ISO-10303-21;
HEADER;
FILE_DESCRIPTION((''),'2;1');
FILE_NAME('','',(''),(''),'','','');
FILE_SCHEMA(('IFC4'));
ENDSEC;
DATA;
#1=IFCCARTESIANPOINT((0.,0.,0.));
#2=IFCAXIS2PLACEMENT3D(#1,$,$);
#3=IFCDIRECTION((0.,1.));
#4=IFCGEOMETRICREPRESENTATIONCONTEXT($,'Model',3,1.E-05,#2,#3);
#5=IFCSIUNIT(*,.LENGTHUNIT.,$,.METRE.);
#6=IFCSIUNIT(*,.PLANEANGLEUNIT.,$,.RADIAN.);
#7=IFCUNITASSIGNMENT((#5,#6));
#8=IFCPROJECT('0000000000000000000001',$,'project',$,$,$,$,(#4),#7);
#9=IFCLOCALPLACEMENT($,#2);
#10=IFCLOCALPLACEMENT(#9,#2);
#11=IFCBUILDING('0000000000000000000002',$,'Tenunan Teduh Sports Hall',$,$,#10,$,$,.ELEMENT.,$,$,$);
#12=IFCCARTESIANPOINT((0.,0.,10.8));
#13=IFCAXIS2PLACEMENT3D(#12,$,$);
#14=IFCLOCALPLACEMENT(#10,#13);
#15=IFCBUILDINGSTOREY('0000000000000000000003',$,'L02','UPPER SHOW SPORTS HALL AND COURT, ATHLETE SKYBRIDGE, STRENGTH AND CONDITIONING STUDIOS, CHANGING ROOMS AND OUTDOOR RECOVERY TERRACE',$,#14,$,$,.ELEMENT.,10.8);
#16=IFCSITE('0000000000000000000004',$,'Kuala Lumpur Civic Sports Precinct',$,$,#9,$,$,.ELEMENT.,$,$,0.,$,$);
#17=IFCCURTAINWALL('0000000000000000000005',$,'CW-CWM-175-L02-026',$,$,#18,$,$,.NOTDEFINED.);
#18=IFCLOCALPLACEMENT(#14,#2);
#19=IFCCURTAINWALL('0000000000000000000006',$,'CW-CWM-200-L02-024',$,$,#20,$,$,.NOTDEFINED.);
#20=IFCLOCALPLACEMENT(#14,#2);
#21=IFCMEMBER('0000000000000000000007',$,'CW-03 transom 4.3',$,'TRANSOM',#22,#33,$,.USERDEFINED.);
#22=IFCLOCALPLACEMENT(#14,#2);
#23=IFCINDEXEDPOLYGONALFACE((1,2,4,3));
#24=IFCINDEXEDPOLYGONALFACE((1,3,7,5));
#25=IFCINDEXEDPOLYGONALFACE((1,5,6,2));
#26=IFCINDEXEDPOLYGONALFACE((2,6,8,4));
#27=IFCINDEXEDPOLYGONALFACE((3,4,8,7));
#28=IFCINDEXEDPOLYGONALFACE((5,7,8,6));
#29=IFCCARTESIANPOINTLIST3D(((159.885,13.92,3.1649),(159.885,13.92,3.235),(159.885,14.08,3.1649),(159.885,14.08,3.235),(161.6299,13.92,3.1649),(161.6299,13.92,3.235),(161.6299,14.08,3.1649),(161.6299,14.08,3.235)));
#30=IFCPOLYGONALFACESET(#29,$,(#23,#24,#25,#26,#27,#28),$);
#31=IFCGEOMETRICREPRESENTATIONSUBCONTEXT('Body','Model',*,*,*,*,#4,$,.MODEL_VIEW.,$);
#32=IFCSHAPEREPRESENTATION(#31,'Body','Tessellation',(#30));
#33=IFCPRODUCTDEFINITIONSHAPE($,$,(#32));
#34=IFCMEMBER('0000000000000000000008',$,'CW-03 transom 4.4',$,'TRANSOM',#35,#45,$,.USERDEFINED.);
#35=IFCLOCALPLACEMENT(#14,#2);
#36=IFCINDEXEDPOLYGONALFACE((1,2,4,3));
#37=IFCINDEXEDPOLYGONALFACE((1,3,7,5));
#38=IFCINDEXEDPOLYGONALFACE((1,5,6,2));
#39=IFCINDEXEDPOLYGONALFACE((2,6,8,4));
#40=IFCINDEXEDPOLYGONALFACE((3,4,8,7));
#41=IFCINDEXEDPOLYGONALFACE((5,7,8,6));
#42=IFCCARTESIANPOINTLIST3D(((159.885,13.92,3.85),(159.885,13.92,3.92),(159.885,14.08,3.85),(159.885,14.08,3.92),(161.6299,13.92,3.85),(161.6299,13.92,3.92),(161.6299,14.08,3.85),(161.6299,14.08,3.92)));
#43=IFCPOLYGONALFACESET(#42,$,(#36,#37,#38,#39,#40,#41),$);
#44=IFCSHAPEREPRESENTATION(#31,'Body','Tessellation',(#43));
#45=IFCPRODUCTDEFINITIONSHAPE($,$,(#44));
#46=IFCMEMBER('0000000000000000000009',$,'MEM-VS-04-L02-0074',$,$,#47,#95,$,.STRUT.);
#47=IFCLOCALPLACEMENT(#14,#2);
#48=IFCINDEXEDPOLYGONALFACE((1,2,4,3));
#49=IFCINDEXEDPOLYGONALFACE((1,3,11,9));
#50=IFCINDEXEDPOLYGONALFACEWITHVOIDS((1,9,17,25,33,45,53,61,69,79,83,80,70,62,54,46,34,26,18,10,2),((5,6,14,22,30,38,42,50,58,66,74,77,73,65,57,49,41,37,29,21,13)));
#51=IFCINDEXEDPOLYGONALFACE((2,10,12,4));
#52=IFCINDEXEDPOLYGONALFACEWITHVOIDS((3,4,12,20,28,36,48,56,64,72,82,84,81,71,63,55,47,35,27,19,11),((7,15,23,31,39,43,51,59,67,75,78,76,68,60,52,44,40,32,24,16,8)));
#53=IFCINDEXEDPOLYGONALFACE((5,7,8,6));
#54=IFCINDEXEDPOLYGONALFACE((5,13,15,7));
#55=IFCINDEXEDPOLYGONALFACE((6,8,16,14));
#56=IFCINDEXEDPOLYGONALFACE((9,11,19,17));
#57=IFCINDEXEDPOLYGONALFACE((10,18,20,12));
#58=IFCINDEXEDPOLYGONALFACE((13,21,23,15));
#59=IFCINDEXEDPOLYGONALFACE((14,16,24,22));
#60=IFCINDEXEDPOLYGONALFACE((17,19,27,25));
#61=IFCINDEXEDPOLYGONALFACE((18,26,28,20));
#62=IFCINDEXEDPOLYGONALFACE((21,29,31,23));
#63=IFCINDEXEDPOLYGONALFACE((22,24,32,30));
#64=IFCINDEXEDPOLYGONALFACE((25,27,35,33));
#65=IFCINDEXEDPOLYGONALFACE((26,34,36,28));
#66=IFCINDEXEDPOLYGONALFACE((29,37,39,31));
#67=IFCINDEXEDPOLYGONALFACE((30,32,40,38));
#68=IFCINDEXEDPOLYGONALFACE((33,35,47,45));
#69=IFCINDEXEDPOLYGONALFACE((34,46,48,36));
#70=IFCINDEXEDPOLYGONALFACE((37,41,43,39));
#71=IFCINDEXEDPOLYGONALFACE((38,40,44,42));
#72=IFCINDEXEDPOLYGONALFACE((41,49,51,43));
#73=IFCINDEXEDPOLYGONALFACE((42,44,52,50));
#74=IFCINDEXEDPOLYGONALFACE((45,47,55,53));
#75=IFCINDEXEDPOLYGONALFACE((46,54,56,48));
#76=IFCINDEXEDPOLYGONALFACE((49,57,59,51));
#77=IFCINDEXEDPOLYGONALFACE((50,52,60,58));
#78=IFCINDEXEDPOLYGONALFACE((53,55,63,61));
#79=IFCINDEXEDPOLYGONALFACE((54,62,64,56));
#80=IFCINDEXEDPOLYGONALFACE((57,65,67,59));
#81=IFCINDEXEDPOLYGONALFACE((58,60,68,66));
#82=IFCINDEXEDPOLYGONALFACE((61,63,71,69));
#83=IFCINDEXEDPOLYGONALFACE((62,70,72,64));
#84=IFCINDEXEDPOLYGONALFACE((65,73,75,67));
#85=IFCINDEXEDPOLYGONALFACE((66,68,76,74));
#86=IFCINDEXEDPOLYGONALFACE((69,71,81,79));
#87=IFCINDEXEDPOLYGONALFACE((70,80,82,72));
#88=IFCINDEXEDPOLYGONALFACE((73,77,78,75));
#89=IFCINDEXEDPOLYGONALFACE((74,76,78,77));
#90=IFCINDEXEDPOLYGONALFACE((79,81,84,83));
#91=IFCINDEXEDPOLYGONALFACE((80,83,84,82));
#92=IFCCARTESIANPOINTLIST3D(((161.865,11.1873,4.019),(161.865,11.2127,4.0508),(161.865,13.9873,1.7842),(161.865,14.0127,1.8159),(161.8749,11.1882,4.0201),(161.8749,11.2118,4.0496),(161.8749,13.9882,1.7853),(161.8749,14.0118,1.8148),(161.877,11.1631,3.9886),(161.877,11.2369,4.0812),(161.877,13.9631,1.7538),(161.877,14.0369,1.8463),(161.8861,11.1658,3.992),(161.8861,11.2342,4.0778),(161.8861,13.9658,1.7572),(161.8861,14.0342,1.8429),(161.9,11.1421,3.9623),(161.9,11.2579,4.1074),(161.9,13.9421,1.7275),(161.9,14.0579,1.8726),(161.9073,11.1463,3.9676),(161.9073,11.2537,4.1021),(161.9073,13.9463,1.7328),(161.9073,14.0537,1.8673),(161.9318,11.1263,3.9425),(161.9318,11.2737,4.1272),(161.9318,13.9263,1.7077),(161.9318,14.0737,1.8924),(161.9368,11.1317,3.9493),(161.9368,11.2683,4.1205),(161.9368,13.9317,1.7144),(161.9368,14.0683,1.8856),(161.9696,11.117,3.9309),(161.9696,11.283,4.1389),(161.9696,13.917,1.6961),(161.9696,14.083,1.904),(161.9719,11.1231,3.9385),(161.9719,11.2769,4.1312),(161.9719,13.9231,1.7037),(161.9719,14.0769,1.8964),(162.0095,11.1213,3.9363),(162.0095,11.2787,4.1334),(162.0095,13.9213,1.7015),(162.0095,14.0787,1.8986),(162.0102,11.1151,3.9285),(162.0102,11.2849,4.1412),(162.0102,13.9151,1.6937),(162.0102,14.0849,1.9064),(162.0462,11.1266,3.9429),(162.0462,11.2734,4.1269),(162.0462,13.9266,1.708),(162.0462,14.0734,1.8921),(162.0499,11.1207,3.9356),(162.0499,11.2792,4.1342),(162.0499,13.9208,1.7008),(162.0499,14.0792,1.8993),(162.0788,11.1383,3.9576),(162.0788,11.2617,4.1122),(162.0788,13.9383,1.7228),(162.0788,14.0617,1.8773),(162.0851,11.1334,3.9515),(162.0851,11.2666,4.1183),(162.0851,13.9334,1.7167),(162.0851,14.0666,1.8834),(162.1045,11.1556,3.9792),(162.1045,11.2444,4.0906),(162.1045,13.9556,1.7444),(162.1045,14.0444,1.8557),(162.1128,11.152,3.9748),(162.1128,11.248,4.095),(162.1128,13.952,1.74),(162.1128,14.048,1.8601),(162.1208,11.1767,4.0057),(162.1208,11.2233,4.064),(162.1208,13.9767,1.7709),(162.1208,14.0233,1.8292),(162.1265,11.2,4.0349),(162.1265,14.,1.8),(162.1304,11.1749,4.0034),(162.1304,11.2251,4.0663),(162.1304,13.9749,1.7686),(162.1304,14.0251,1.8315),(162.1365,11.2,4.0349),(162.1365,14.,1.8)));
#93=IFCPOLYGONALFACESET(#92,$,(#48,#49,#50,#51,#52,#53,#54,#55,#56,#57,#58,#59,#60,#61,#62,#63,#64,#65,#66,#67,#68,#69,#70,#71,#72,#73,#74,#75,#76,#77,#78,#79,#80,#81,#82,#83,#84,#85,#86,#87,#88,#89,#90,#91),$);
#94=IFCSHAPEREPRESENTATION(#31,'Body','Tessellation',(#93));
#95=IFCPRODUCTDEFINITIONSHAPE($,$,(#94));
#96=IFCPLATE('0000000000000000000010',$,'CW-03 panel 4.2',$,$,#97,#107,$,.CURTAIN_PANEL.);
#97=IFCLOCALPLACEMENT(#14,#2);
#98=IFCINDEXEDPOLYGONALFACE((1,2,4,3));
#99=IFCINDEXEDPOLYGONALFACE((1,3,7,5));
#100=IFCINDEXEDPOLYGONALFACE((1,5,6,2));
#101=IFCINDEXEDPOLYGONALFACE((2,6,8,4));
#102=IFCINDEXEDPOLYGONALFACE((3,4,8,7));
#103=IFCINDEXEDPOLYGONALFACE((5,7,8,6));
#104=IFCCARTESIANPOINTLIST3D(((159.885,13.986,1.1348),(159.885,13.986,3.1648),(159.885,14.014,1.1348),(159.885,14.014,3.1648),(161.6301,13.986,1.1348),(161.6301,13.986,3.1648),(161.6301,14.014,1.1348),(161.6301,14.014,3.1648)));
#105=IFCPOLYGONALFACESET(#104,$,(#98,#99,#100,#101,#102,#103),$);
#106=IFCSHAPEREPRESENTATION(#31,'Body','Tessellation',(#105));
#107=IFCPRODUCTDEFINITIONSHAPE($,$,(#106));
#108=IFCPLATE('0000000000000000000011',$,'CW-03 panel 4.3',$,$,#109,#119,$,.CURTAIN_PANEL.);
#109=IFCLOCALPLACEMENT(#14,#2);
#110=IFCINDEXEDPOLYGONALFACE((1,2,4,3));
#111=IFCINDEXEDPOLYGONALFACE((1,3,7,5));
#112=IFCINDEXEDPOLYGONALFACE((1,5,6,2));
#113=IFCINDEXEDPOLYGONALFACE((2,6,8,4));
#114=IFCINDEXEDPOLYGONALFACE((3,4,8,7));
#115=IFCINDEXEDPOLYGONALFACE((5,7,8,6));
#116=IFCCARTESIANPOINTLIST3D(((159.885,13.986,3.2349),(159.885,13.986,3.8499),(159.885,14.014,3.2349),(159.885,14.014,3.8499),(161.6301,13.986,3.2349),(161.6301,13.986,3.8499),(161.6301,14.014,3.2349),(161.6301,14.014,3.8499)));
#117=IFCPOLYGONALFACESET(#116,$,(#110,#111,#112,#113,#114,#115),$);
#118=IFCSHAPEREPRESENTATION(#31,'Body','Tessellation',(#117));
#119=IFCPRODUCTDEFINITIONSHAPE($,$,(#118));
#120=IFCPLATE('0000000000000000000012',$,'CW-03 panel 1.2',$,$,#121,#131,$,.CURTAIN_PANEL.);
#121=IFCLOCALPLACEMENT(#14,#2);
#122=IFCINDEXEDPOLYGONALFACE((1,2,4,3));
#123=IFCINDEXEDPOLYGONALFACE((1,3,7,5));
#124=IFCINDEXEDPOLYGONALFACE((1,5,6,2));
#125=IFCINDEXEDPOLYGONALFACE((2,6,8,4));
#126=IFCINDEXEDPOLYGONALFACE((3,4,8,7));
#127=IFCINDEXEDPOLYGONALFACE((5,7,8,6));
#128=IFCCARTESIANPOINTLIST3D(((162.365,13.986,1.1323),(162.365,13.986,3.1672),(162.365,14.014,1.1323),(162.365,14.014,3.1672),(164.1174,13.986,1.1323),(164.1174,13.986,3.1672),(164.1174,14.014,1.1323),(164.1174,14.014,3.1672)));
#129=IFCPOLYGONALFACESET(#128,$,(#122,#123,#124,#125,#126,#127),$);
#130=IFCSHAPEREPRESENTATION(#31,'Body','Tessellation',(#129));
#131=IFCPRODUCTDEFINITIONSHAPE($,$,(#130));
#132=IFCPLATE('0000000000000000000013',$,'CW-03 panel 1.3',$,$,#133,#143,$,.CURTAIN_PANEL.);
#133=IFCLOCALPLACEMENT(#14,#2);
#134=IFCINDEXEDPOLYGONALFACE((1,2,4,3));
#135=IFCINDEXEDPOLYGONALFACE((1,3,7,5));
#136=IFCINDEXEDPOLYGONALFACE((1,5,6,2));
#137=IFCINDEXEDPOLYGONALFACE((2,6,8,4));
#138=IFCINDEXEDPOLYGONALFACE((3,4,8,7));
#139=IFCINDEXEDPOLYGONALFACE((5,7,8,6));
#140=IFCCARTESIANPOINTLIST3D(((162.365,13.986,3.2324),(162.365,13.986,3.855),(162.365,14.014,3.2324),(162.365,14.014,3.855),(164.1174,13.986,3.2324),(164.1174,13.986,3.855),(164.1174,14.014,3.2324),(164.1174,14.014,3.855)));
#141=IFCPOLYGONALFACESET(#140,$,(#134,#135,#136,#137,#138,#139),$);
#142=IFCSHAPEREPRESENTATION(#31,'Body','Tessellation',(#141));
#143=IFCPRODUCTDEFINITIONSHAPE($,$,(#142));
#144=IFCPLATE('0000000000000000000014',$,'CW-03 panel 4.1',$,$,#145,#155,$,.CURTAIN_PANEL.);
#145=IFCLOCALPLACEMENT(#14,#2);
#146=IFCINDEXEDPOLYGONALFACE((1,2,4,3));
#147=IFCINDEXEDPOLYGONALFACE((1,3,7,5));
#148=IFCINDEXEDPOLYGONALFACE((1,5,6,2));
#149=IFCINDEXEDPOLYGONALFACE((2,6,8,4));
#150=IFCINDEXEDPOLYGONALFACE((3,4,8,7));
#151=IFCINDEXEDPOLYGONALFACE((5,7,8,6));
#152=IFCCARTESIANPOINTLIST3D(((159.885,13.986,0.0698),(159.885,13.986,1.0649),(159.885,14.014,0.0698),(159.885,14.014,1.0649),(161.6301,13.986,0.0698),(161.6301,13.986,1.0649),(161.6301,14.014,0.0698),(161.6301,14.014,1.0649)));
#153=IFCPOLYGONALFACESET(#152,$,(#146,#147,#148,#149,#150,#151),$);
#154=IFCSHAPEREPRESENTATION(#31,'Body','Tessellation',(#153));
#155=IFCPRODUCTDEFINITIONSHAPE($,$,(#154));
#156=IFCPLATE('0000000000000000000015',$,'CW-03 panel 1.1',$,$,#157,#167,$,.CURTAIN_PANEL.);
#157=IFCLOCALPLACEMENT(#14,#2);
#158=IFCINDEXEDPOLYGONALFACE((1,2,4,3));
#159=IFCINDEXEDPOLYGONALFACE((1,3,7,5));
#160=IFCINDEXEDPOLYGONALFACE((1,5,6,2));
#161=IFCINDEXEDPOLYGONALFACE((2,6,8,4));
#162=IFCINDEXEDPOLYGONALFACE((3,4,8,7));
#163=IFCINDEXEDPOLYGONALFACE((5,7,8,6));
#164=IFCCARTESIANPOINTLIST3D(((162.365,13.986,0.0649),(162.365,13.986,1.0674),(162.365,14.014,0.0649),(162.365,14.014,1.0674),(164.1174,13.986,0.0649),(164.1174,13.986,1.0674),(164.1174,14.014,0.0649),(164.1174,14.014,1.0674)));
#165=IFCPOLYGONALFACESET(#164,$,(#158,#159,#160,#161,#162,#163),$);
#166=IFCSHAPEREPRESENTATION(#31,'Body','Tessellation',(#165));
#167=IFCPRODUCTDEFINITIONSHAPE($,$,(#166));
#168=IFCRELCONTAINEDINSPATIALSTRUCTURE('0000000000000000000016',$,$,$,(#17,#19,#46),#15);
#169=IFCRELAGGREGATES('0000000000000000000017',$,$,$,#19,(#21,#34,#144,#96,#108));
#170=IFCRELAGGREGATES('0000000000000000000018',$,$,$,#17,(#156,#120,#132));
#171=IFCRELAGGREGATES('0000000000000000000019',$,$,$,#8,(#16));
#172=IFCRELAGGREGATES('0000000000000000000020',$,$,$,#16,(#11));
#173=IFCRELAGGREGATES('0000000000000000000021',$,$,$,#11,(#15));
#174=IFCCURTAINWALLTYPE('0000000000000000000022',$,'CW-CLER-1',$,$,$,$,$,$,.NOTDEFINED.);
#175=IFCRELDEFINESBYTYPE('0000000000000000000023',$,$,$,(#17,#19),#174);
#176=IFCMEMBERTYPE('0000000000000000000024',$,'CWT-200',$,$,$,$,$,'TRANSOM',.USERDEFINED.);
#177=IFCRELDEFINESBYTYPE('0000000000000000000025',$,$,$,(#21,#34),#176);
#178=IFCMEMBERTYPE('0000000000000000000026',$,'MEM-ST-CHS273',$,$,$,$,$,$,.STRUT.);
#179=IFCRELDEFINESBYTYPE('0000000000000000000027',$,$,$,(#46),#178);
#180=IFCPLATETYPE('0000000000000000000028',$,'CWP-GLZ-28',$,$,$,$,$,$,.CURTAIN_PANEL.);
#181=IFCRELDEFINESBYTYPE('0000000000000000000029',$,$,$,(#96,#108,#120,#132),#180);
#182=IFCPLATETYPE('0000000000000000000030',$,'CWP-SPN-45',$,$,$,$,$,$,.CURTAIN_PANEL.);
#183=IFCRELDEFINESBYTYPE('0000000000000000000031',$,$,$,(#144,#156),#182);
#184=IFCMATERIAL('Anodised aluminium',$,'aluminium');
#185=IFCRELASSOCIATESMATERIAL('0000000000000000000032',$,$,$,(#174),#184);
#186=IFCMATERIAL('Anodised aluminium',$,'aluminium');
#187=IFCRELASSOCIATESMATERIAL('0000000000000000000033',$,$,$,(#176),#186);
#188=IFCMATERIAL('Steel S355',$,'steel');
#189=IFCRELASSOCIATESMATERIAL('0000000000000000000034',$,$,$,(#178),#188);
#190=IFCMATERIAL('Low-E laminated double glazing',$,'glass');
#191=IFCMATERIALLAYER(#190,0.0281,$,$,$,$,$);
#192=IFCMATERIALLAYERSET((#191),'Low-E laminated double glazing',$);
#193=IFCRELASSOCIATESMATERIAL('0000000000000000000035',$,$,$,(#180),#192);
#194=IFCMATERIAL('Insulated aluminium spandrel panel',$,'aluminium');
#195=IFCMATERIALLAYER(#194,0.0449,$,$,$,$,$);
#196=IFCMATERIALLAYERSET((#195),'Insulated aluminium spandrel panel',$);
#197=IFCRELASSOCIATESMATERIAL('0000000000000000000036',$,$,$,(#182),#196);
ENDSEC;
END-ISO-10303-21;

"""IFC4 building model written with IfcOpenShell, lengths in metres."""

from ifc_helpers import new_model, si_unit, direction, frame, origin, origin_2d, place, context, subcontext, project, spatial, rectangle, hollow_circle, extrude, material, layer, layer_set, material_profile, profile_set, type_object, element, aggregate, save


model = new_model("IFC4")

# Units and contexts
model_context = context("Model", 3, precision=1e-05, world=origin(), true_north=direction((0.0, 1.0)))
body_context = subcontext(model_context, "Body", "Model", "MODEL_VIEW")
ifc_project = project(units=[si_unit("LENGTHUNIT", "METRE"), si_unit("PLANEANGLEUNIT", "RADIAN")], contexts=[model_context])

# Site, building, storey
site_placement = place(None, origin())
site = spatial("IfcSite", under=ifc_project, at=site_placement, Name="Kuala Lumpur Civic Sports Precinct", CompositionType="ELEMENT", RefElevation=0.0)
building_placement = place(site_placement, origin())
building = spatial("IfcBuilding", under=site, at=building_placement, Name="Tenunan Teduh Sports Hall", CompositionType="ELEMENT")
storey_placement = place(building_placement, frame((0.0, 0.0, 10.8)))
storey = spatial("IfcBuildingStorey", under=building, at=storey_placement, Name="L02", Description="UPPER SHOW SPORTS HALL AND COURT, ATHLETE SKYBRIDGE, STRENGTH AND CONDITIONING STUDIOS, CHANGING ROOMS AND OUTDOOR RECOVERY TERRACE", CompositionType="ELEMENT", Elevation=10.8)

# Curtain walls
ifc_material_1 = material(Name="Anodised aluminium", Category="aluminium")
curtain_wall_type = type_object("IfcCurtainWallType", Name="CW-CLER-1", PredefinedType="NOTDEFINED", material=ifc_material_1)
curtain_wall_1_placement = place(storey_placement, origin())
curtain_wall_1 = element("IfcCurtainWall", 1, at=curtain_wall_1_placement, inside=storey, type_object=curtain_wall_type, Name="CW-CWM-175-L02-026", PredefinedType="NOTDEFINED")
curtain_wall_2_placement = place(storey_placement, origin())
curtain_wall_2 = element("IfcCurtainWall", 2, at=curtain_wall_2_placement, inside=storey, type_object=curtain_wall_type, Name="CW-CWM-200-L02-024", PredefinedType="NOTDEFINED")

# Members
ifc_material_2 = material(Name="Anodised aluminium", Category="aluminium")
ifc_material_profile_1 = material_profile(ifc_material_2, rectangle(XDim=0.0701, YDim=0.1599, at=origin_2d()), Name="CWT 70x160")
ifc_profile_set_1 = profile_set([ifc_material_profile_1], Name="Anodised aluminium")
member_type_1 = type_object("IfcMemberType", Name="CWT-200", ElementType="TRANSOM", PredefinedType="USERDEFINED", material=ifc_profile_set_1)
member_1_placement = place(storey_placement, frame((159.885, 14.0, 3.2), z_axis=(1.0, 0.0, 0.0), x_axis=(0.0, 0.0, 1.0)))
member_1 = element("IfcMember", 3, at=member_1_placement, type_object=member_type_1, Name="CW-03 transom 4.3", ObjectType="TRANSOM", PredefinedType="USERDEFINED", context=body_context, shape_type="SweptSolid", body=[
    extrude(rectangle(XDim=0.0701, YDim=0.1599, at=origin_2d()), origin(), (0.0, 0.0, 1.0), 1.7449),
])
member_2_placement = place(storey_placement, frame((159.885, 14.0, 3.885), z_axis=(1.0, 0.0, 0.0), x_axis=(0.0, 0.0, 1.0)))
member_2 = element("IfcMember", 4, at=member_2_placement, type_object=member_type_1, Name="CW-03 transom 4.4", ObjectType="TRANSOM", PredefinedType="USERDEFINED", context=body_context, shape_type="SweptSolid", body=[
    extrude(rectangle(XDim=0.0701, YDim=0.1599, at=origin_2d()), origin(), (0.0, 0.0, 1.0), 1.7449),
])
ifc_material_3 = material(Name="Steel S355", Category="steel")
ifc_material_profile_2 = material_profile(ifc_material_3, hollow_circle(Radius=0.1365, WallThickness=0.01, at=origin_2d()), Name="CHS 273.0x10.0")
ifc_profile_set_2 = profile_set([ifc_material_profile_2], Name="Steel S355")
member_type_2 = type_object("IfcMemberType", Name="MEM-ST-CHS273", PredefinedType="STRUT", material=ifc_profile_set_2)
member_3_placement = place(storey_placement, frame((162.0, 14.0, 1.8), z_axis=(0.0, -0.781573, 0.623814), x_axis=(1.0, 0.0, 0.0)))
element("IfcMember", 5, at=member_3_placement, inside=storey, type_object=member_type_2, Name="MEM-VS-04-L02-0074", PredefinedType="STRUT", context=body_context, shape_type="SweptSolid", body=[
    extrude(hollow_circle(Radius=0.1365, WallThickness=0.01, at=origin_2d()), origin(), (0.0, 0.0, 1.0), 3.5825),
])

# Plates
ifc_material_4 = material(Name="Low-E laminated double glazing", Category="glass")
ifc_layer_1 = layer(ifc_material_4, 0.0281)
ifc_layer_set_1 = layer_set([ifc_layer_1], Name="Low-E laminated double glazing")
plate_type_1 = type_object("IfcPlateType", Name="CWP-GLZ-28", PredefinedType="CURTAIN_PANEL", material=ifc_layer_set_1)
plate_1_placement = place(storey_placement, frame((160.7576, 14.0, 1.1348), z_axis=(0.0, 0.0, 1.0), x_axis=(1.0, 0.0, 0.0)))
plate_1 = element("IfcPlate", 6, at=plate_1_placement, type_object=plate_type_1, Name="CW-03 panel 4.2", PredefinedType="CURTAIN_PANEL", context=body_context, shape_type="SweptSolid", body=[
    extrude(rectangle(XDim=1.7451, YDim=0.0281, at=origin_2d()), origin(), (0.0, 0.0, 1.0), 2.03),
])
plate_2_placement = place(storey_placement, frame((160.7576, 14.0, 3.2349), z_axis=(0.0, 0.0, 1.0), x_axis=(1.0, 0.0, 0.0)))
plate_2 = element("IfcPlate", 7, at=plate_2_placement, type_object=plate_type_1, Name="CW-03 panel 4.3", PredefinedType="CURTAIN_PANEL", context=body_context, shape_type="SweptSolid", body=[
    extrude(rectangle(XDim=1.7451, YDim=0.0281, at=origin_2d()), origin(), (0.0, 0.0, 1.0), 0.615),
])
plate_3_placement = place(storey_placement, frame((163.2412, 14.0, 1.1323), z_axis=(0.0, 0.0, 1.0), x_axis=(1.0, 0.0, 0.0)))
plate_3 = element("IfcPlate", 8, at=plate_3_placement, type_object=plate_type_1, Name="CW-03 panel 1.2", PredefinedType="CURTAIN_PANEL", context=body_context, shape_type="SweptSolid", body=[
    extrude(rectangle(XDim=1.7524, YDim=0.0281, at=origin_2d()), origin(), (0.0, 0.0, 1.0), 2.0349),
])
plate_4_placement = place(storey_placement, frame((163.2412, 14.0, 3.2324), z_axis=(0.0, 0.0, 1.0), x_axis=(1.0, 0.0, 0.0)))
plate_4 = element("IfcPlate", 9, at=plate_4_placement, type_object=plate_type_1, Name="CW-03 panel 1.3", PredefinedType="CURTAIN_PANEL", context=body_context, shape_type="SweptSolid", body=[
    extrude(rectangle(XDim=1.7524, YDim=0.0281, at=origin_2d()), origin(), (0.0, 0.0, 1.0), 0.6226),
])
ifc_material_5 = material(Name="Insulated aluminium spandrel panel", Category="aluminium")
ifc_layer_2 = layer(ifc_material_5, 0.0449)
ifc_layer_set_2 = layer_set([ifc_layer_2], Name="Insulated aluminium spandrel panel")
plate_type_2 = type_object("IfcPlateType", Name="CWP-SPN-45", PredefinedType="CURTAIN_PANEL", material=ifc_layer_set_2)
plate_5_placement = place(storey_placement, frame((160.7576, 14.0, 0.0698), z_axis=(0.0, 0.0, 1.0), x_axis=(1.0, 0.0, 0.0)))
plate_5 = element("IfcPlate", 10, at=plate_5_placement, type_object=plate_type_2, Name="CW-03 panel 4.1", PredefinedType="CURTAIN_PANEL", context=body_context, shape_type="SweptSolid", body=[
    extrude(rectangle(XDim=1.7451, YDim=0.0281, at=origin_2d()), origin(), (0.0, 0.0, 1.0), 0.9951),
])
aggregate(curtain_wall_2, [member_1, member_2, plate_5, plate_1, plate_2])
plate_6_placement = place(storey_placement, frame((163.2412, 14.0, 0.0649), z_axis=(0.0, 0.0, 1.0), x_axis=(1.0, 0.0, 0.0)))
plate_6 = element("IfcPlate", 11, at=plate_6_placement, type_object=plate_type_2, Name="CW-03 panel 1.1", PredefinedType="CURTAIN_PANEL", context=body_context, shape_type="SweptSolid", body=[
    extrude(rectangle(XDim=1.7524, YDim=0.0281, at=origin_2d()), origin(), (0.0, 0.0, 1.0), 1.0024),
])
aggregate(curtain_wall_1, [plate_6, plate_3, plate_4])

save(model, "model.ifc")
